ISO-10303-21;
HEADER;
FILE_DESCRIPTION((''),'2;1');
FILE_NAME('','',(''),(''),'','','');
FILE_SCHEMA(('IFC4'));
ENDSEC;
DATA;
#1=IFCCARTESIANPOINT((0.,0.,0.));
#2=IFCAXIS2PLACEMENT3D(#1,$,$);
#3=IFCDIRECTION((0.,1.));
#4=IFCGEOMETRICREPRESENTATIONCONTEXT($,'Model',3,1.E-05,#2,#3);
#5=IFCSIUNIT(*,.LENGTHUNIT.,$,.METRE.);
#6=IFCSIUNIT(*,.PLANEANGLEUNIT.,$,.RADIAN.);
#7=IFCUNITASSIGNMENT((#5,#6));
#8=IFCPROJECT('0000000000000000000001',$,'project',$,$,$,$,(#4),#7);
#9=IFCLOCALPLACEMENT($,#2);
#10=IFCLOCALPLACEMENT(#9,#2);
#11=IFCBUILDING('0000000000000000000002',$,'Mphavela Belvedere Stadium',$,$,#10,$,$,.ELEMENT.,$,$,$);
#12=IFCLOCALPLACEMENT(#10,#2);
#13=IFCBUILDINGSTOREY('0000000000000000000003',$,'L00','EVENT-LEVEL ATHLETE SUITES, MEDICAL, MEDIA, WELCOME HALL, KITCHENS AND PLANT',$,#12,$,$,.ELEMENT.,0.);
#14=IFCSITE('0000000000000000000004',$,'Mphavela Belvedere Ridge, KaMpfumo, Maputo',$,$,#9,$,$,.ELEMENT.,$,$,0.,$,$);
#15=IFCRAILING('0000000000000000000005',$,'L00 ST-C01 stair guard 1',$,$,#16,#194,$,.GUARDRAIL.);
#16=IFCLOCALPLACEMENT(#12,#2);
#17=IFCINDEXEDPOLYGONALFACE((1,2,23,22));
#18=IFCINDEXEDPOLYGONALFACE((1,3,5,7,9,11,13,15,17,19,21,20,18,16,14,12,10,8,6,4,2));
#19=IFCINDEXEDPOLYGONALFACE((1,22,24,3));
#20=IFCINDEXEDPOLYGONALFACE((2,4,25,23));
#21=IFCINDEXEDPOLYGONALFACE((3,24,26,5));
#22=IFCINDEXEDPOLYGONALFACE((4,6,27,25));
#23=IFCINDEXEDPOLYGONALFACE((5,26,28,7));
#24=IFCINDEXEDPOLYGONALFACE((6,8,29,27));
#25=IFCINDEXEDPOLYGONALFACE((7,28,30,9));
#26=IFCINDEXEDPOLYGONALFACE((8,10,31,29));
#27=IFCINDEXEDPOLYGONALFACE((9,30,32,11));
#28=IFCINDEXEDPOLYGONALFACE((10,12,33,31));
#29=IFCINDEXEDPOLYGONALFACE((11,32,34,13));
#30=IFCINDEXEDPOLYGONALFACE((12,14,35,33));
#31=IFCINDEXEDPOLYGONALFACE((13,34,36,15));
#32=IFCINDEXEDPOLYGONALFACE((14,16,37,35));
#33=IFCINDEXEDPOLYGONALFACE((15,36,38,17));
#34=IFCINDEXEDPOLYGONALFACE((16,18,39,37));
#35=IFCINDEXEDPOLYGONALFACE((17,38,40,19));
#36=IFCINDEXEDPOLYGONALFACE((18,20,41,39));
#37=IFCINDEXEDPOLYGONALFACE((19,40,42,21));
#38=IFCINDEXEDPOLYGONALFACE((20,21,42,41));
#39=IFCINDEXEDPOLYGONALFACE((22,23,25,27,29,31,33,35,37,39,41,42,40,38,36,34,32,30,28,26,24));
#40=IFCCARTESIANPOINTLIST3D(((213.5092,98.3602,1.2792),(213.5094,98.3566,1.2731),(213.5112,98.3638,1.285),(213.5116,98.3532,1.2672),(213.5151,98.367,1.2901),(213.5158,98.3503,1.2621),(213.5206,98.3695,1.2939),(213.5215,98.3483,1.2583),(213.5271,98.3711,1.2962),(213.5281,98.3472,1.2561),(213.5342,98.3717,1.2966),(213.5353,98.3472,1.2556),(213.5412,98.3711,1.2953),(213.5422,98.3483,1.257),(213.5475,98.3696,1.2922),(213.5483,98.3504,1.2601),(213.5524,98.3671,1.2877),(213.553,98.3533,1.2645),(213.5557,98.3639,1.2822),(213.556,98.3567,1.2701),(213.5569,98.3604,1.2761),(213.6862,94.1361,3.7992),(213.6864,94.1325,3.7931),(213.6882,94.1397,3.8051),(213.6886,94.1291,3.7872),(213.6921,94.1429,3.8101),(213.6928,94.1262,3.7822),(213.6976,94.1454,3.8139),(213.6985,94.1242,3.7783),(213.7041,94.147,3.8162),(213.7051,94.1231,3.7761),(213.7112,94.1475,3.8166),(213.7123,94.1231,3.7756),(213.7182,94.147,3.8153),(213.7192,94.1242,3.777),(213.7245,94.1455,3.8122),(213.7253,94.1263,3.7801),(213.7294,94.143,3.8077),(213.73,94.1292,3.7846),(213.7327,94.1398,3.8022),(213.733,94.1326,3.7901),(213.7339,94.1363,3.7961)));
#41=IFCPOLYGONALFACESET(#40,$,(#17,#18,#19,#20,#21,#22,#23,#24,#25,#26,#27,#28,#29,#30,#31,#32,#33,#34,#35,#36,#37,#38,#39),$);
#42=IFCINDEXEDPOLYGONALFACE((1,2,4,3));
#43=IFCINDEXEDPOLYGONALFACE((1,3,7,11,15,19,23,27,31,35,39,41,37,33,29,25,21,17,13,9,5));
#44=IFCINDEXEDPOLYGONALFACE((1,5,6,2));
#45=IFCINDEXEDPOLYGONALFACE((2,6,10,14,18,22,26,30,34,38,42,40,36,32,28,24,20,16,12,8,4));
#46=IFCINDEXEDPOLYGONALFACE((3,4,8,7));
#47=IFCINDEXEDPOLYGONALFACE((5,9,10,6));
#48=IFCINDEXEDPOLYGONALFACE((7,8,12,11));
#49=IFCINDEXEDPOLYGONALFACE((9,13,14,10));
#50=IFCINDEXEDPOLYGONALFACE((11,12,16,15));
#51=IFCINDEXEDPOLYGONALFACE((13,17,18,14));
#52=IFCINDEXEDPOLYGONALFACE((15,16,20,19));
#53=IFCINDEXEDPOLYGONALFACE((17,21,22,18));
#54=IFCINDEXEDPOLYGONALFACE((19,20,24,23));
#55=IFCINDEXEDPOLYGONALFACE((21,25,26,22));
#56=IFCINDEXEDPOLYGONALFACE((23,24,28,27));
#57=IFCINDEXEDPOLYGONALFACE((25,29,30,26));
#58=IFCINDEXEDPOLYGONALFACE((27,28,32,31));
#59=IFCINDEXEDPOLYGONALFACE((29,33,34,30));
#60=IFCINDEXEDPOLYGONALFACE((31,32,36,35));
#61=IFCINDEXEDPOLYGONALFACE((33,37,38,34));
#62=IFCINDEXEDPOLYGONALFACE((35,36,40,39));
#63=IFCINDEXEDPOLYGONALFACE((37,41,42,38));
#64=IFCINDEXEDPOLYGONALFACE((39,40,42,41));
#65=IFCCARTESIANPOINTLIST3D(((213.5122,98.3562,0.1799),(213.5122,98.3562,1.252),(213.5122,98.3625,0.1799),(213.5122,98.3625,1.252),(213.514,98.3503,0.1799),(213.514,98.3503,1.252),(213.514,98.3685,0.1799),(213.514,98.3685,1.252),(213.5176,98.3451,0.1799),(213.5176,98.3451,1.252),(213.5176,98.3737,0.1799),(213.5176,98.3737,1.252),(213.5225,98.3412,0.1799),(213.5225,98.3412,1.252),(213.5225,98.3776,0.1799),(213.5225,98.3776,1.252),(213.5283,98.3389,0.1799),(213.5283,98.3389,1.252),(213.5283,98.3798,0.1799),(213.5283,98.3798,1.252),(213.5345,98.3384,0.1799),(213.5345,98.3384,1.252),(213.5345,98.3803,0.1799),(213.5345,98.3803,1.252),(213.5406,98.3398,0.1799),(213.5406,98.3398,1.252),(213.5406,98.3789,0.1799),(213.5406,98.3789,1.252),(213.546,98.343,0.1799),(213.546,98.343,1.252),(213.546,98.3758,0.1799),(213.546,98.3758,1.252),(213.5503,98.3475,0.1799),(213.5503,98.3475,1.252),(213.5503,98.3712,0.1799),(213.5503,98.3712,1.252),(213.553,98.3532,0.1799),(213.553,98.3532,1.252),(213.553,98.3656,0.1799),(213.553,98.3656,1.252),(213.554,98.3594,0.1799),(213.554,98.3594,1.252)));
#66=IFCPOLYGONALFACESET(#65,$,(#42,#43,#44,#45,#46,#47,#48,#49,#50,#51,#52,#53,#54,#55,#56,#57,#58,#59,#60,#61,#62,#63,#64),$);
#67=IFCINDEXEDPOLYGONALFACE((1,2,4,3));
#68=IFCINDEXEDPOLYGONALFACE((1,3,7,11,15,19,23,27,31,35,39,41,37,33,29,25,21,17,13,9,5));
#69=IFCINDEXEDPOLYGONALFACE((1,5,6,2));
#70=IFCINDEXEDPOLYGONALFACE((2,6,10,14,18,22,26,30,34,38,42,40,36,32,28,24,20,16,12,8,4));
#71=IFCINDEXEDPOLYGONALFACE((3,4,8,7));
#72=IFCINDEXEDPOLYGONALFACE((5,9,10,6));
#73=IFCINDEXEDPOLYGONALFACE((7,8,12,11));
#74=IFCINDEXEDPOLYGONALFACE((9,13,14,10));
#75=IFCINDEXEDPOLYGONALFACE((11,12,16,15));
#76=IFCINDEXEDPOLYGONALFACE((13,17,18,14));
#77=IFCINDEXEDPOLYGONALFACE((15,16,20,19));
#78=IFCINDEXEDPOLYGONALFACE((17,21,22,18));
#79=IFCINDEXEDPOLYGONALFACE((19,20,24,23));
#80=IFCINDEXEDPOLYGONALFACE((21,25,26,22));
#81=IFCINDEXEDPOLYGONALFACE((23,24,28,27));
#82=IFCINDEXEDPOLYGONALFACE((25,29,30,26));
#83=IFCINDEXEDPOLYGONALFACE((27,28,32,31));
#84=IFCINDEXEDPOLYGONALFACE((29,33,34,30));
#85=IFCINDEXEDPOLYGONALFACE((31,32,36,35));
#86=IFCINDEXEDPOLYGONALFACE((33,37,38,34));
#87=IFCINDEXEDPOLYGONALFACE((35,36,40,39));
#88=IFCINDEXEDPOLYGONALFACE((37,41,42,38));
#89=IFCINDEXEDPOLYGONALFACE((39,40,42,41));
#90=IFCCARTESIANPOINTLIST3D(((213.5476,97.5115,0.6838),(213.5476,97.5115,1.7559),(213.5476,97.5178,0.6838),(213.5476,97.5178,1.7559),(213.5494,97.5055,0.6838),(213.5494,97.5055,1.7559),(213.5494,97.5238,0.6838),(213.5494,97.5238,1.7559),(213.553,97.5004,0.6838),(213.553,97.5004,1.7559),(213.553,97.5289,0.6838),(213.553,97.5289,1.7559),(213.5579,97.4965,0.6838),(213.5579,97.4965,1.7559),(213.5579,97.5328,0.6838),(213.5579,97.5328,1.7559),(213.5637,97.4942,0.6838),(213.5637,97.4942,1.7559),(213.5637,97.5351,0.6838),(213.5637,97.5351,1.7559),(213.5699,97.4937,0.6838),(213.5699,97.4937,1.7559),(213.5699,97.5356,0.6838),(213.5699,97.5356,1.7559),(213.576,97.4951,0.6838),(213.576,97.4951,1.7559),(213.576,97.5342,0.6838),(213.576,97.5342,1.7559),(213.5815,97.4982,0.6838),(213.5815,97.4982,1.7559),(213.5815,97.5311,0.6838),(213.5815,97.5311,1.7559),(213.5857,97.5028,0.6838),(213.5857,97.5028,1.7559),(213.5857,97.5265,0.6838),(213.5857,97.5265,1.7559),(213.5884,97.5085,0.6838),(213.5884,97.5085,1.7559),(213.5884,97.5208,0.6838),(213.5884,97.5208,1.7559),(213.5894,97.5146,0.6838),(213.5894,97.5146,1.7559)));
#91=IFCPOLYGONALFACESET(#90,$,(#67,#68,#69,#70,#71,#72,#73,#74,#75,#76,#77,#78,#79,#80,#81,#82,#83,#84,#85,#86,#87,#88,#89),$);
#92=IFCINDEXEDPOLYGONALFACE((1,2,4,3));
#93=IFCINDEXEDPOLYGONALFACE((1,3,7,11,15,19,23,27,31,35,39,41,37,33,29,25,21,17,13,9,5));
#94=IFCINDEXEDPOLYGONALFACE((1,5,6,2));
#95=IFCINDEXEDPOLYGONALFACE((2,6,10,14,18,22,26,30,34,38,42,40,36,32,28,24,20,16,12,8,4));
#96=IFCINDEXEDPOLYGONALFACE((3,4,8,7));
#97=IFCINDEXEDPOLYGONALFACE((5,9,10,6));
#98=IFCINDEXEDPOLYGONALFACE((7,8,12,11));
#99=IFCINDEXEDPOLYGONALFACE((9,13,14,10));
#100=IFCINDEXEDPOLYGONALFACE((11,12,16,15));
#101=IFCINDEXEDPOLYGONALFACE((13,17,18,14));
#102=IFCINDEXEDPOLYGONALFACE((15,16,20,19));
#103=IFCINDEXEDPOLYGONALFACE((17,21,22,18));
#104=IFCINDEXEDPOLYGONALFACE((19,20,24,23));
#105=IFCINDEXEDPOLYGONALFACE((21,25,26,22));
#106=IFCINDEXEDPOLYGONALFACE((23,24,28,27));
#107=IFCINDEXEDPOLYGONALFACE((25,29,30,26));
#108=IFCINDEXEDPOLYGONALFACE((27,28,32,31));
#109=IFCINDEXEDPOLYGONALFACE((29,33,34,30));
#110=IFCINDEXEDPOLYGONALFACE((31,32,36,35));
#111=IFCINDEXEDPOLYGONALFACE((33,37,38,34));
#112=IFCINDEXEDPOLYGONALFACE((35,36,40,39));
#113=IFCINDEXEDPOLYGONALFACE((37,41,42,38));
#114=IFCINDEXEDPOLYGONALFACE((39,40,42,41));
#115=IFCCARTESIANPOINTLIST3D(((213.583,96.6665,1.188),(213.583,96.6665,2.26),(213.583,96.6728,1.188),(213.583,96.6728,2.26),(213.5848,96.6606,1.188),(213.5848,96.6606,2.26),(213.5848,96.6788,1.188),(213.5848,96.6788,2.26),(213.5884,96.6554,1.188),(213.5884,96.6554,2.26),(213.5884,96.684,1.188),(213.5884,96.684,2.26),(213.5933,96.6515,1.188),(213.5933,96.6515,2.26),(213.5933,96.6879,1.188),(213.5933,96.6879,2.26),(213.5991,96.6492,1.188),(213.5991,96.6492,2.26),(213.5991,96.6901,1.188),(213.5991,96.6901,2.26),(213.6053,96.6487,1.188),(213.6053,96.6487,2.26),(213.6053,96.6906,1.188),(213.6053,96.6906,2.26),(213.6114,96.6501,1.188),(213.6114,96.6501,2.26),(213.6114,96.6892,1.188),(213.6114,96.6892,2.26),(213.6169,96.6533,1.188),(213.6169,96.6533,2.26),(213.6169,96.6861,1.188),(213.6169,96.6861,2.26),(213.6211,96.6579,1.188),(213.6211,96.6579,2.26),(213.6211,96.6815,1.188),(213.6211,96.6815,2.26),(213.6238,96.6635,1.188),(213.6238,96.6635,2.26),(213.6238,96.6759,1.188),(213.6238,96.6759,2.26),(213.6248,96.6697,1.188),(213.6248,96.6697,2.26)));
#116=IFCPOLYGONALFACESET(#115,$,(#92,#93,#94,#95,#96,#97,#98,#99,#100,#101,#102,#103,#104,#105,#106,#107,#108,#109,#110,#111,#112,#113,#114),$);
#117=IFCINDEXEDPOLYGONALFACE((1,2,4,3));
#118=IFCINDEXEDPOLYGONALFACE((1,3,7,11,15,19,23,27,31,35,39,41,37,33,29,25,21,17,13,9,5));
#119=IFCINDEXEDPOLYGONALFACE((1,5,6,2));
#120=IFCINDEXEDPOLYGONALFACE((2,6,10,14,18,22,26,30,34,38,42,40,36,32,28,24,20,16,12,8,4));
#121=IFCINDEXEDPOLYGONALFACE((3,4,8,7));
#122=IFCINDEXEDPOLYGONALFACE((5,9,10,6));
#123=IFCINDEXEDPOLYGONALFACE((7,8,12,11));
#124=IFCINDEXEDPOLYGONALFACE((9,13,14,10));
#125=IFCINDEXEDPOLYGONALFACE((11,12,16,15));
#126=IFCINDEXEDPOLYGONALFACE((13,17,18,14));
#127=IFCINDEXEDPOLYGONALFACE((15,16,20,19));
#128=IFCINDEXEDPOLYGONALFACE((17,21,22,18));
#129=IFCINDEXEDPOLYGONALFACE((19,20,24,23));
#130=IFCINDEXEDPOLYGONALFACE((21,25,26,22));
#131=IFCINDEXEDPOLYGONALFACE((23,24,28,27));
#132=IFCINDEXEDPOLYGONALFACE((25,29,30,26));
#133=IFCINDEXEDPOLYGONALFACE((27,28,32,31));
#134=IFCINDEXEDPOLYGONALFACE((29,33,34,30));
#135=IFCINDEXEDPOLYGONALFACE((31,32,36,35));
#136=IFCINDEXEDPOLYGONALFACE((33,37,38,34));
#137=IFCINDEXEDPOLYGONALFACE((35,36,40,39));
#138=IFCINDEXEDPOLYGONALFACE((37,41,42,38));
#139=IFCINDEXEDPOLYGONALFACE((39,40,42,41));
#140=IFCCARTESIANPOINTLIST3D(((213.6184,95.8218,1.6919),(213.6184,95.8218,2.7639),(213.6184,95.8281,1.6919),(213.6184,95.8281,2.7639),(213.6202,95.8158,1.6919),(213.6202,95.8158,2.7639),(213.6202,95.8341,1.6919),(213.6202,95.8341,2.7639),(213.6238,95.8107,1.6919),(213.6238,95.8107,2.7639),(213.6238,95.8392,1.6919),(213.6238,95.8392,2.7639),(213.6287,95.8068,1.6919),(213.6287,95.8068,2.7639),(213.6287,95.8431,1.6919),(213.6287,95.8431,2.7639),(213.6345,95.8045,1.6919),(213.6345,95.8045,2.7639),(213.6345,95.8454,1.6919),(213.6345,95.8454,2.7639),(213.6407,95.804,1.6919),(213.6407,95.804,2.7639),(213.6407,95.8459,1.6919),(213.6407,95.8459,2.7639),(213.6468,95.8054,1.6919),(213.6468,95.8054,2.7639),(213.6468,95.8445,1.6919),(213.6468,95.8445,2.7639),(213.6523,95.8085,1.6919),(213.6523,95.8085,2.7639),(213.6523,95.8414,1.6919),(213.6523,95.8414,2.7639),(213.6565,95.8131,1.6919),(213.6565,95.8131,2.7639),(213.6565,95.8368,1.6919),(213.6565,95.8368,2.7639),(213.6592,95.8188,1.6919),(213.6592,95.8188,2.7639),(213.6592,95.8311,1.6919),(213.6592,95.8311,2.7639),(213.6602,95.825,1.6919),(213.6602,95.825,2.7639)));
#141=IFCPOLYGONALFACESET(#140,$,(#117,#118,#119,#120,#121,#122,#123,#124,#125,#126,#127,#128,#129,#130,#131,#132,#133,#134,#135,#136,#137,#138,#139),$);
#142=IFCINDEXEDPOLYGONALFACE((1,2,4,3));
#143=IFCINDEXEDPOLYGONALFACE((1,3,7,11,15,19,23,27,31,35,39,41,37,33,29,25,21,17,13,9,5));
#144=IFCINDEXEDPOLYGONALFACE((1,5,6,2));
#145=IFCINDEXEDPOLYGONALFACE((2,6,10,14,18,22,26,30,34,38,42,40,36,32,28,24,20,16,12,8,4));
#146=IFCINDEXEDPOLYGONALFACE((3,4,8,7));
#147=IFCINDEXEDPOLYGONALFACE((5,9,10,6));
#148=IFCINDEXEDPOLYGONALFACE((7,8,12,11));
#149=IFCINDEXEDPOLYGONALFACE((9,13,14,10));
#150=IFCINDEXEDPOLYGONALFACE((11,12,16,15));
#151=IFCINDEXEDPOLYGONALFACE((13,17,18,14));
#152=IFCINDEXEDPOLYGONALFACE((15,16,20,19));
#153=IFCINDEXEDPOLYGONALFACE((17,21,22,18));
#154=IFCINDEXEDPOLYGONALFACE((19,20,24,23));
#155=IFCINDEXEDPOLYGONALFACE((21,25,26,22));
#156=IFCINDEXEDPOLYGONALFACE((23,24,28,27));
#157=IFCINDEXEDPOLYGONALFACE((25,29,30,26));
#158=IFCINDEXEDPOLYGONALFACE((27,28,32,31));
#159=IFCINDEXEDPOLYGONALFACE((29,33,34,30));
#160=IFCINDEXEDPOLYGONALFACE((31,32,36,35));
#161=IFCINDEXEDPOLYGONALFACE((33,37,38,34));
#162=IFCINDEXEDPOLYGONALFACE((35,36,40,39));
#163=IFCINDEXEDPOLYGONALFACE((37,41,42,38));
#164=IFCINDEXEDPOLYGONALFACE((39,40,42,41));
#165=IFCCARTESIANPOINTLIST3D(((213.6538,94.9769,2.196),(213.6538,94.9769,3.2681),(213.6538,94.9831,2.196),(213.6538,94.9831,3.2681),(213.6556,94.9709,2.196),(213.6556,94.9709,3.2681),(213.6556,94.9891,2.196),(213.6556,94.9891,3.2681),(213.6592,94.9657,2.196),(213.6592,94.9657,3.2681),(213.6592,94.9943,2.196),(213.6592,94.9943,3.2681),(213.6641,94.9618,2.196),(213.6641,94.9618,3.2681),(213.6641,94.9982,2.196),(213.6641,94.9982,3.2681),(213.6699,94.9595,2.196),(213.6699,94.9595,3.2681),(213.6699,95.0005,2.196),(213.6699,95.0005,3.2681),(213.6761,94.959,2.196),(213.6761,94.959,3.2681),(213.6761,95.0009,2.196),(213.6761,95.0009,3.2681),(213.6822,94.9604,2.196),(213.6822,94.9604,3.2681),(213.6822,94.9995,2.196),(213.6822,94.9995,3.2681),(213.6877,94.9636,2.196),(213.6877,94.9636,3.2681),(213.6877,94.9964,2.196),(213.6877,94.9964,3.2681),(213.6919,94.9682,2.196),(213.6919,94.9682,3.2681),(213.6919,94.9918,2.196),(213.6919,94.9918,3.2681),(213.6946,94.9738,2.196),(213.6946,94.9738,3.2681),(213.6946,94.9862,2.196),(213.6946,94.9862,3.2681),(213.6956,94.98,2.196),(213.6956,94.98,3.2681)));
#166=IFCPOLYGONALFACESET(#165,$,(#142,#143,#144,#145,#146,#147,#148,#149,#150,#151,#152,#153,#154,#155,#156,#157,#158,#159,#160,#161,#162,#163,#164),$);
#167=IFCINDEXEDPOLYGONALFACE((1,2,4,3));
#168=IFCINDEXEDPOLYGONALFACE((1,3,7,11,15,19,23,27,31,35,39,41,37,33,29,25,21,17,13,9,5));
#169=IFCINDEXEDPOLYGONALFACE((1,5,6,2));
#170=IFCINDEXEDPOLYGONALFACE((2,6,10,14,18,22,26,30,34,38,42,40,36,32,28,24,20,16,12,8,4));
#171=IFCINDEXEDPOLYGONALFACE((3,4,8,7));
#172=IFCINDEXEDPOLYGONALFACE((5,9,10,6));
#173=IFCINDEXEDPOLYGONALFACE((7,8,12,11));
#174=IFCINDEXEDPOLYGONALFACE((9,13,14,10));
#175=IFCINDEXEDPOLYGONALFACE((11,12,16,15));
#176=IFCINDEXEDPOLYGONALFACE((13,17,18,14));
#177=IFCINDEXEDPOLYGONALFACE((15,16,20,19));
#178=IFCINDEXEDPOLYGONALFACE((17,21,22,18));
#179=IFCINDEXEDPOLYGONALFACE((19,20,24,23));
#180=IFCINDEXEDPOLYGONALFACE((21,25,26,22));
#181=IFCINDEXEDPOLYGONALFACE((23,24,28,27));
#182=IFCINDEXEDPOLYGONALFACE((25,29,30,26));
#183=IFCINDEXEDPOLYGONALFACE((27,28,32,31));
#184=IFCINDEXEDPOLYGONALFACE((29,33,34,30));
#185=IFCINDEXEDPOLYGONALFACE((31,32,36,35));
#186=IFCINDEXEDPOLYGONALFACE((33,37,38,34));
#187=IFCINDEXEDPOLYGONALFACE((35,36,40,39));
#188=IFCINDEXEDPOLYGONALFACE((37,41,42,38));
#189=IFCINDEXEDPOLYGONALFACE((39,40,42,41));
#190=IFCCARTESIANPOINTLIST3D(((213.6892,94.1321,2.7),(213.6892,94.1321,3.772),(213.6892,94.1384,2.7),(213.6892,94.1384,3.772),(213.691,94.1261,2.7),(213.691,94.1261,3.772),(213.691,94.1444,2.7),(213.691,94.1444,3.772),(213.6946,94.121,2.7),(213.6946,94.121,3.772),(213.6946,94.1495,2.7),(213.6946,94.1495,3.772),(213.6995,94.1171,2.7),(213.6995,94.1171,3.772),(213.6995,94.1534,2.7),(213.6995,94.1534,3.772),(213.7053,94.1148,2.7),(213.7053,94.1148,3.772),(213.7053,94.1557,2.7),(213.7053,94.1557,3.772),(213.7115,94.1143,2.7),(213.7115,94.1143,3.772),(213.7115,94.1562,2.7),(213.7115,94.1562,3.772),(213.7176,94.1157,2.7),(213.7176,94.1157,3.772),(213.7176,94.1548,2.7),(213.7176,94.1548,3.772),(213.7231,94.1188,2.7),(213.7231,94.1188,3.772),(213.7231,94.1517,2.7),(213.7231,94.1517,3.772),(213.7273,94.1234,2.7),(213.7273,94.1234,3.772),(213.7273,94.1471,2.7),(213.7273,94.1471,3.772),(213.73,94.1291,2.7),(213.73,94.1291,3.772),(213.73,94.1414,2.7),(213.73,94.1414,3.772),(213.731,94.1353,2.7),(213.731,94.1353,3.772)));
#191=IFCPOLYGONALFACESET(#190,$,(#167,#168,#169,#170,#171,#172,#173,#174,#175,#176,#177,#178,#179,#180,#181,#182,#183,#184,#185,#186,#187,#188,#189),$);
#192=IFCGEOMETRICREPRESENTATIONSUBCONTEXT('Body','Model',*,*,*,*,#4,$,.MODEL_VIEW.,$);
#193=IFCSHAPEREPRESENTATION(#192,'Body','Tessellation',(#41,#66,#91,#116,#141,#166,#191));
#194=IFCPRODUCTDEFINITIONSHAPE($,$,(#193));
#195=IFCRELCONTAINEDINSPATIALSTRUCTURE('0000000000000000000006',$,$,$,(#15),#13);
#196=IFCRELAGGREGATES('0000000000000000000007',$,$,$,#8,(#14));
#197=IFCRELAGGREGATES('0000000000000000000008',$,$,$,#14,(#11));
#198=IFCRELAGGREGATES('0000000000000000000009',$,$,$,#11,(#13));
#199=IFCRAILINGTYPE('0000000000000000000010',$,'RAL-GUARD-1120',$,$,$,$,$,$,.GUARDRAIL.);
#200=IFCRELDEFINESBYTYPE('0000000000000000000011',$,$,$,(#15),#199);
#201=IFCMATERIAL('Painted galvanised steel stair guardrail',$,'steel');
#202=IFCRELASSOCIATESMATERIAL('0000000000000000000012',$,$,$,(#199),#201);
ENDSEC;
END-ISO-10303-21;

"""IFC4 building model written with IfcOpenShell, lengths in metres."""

from ifc_helpers import new_model, si_unit, direction, frame, origin, origin_2d, place, context, subcontext, project, spatial, circle, extrude, material, type_object, element, save


model = new_model("IFC4")

# Units and contexts
model_context = context("Model", 3, precision=1e-05, world=origin(), true_north=direction((0.0, 1.0)))
body_context = subcontext(model_context, "Body", "Model", "MODEL_VIEW")
ifc_project = project(units=[si_unit("LENGTHUNIT", "METRE"), si_unit("PLANEANGLEUNIT", "RADIAN")], contexts=[model_context])

# Site, building, storey
site_placement = place(None, origin())
site = spatial("IfcSite", under=ifc_project, at=site_placement, Name="Mphavela Belvedere Ridge, KaMpfumo, Maputo", CompositionType="ELEMENT", RefElevation=0.0)
building_placement = place(site_placement, origin())
building = spatial("IfcBuilding", under=site, at=building_placement, Name="Mphavela Belvedere Stadium", CompositionType="ELEMENT")
storey_placement = place(building_placement, origin())
storey = spatial("IfcBuildingStorey", under=building, at=storey_placement, Name="L00", Description="EVENT-LEVEL ATHLETE SUITES, MEDICAL, MEDIA, WELCOME HALL, KITCHENS AND PLANT", CompositionType="ELEMENT", Elevation=0.0)

# Railing
ifc_material_1 = material(Name="Painted galvanised steel stair guardrail", Category="steel")
railing_type_1 = type_object("IfcRailingType", Name="RAL-GUARD-1120", PredefinedType="GUARDRAIL", material=ifc_material_1)
railing_1_placement = place(storey_placement, frame((213.533, 98.3594, 0.1799)))
element("IfcRailing", 1, at=railing_1_placement, inside=storey, type_object=railing_type_1, Name="L00 ST-C01 stair guard 1", PredefinedType="GUARDRAIL", context=body_context, shape_type="SweptSolid", body=[
    extrude(circle(Radius=0.0239, at=origin_2d()), frame((0.0, 0.0, 1.0962), z_axis=(0.035962, -0.858231, 0.512002), x_axis=(0.999123, 0.041866, 0.0)), (0.0, 0.0, 1.0), 4.9219),
    extrude(circle(Radius=0.021, at=origin_2d()), origin(), (0.0, 0.0, 1.0), 1.072),
    extrude(circle(Radius=0.021, at=origin_2d()), frame((0.0354, -0.8447, 0.5039)), (0.0, 0.0, 1.0), 1.072),
    extrude(circle(Radius=0.021, at=origin_2d()), frame((0.0708, -1.6897, 1.0081)), (0.0, 0.0, 1.0), 1.072),
    extrude(circle(Radius=0.021, at=origin_2d()), frame((0.1062, -2.5344, 1.512)), (0.0, 0.0, 1.0), 1.072),
    extrude(circle(Radius=0.021, at=origin_2d()), frame((0.1416, -3.3794, 2.0161)), (0.0, 0.0, 1.0), 1.072),
    extrude(circle(Radius=0.021, at=origin_2d()), frame((0.177, -4.2241, 2.52)), (0.0, 0.0, 1.0), 1.072),
])

save(model, "model.ifc")
